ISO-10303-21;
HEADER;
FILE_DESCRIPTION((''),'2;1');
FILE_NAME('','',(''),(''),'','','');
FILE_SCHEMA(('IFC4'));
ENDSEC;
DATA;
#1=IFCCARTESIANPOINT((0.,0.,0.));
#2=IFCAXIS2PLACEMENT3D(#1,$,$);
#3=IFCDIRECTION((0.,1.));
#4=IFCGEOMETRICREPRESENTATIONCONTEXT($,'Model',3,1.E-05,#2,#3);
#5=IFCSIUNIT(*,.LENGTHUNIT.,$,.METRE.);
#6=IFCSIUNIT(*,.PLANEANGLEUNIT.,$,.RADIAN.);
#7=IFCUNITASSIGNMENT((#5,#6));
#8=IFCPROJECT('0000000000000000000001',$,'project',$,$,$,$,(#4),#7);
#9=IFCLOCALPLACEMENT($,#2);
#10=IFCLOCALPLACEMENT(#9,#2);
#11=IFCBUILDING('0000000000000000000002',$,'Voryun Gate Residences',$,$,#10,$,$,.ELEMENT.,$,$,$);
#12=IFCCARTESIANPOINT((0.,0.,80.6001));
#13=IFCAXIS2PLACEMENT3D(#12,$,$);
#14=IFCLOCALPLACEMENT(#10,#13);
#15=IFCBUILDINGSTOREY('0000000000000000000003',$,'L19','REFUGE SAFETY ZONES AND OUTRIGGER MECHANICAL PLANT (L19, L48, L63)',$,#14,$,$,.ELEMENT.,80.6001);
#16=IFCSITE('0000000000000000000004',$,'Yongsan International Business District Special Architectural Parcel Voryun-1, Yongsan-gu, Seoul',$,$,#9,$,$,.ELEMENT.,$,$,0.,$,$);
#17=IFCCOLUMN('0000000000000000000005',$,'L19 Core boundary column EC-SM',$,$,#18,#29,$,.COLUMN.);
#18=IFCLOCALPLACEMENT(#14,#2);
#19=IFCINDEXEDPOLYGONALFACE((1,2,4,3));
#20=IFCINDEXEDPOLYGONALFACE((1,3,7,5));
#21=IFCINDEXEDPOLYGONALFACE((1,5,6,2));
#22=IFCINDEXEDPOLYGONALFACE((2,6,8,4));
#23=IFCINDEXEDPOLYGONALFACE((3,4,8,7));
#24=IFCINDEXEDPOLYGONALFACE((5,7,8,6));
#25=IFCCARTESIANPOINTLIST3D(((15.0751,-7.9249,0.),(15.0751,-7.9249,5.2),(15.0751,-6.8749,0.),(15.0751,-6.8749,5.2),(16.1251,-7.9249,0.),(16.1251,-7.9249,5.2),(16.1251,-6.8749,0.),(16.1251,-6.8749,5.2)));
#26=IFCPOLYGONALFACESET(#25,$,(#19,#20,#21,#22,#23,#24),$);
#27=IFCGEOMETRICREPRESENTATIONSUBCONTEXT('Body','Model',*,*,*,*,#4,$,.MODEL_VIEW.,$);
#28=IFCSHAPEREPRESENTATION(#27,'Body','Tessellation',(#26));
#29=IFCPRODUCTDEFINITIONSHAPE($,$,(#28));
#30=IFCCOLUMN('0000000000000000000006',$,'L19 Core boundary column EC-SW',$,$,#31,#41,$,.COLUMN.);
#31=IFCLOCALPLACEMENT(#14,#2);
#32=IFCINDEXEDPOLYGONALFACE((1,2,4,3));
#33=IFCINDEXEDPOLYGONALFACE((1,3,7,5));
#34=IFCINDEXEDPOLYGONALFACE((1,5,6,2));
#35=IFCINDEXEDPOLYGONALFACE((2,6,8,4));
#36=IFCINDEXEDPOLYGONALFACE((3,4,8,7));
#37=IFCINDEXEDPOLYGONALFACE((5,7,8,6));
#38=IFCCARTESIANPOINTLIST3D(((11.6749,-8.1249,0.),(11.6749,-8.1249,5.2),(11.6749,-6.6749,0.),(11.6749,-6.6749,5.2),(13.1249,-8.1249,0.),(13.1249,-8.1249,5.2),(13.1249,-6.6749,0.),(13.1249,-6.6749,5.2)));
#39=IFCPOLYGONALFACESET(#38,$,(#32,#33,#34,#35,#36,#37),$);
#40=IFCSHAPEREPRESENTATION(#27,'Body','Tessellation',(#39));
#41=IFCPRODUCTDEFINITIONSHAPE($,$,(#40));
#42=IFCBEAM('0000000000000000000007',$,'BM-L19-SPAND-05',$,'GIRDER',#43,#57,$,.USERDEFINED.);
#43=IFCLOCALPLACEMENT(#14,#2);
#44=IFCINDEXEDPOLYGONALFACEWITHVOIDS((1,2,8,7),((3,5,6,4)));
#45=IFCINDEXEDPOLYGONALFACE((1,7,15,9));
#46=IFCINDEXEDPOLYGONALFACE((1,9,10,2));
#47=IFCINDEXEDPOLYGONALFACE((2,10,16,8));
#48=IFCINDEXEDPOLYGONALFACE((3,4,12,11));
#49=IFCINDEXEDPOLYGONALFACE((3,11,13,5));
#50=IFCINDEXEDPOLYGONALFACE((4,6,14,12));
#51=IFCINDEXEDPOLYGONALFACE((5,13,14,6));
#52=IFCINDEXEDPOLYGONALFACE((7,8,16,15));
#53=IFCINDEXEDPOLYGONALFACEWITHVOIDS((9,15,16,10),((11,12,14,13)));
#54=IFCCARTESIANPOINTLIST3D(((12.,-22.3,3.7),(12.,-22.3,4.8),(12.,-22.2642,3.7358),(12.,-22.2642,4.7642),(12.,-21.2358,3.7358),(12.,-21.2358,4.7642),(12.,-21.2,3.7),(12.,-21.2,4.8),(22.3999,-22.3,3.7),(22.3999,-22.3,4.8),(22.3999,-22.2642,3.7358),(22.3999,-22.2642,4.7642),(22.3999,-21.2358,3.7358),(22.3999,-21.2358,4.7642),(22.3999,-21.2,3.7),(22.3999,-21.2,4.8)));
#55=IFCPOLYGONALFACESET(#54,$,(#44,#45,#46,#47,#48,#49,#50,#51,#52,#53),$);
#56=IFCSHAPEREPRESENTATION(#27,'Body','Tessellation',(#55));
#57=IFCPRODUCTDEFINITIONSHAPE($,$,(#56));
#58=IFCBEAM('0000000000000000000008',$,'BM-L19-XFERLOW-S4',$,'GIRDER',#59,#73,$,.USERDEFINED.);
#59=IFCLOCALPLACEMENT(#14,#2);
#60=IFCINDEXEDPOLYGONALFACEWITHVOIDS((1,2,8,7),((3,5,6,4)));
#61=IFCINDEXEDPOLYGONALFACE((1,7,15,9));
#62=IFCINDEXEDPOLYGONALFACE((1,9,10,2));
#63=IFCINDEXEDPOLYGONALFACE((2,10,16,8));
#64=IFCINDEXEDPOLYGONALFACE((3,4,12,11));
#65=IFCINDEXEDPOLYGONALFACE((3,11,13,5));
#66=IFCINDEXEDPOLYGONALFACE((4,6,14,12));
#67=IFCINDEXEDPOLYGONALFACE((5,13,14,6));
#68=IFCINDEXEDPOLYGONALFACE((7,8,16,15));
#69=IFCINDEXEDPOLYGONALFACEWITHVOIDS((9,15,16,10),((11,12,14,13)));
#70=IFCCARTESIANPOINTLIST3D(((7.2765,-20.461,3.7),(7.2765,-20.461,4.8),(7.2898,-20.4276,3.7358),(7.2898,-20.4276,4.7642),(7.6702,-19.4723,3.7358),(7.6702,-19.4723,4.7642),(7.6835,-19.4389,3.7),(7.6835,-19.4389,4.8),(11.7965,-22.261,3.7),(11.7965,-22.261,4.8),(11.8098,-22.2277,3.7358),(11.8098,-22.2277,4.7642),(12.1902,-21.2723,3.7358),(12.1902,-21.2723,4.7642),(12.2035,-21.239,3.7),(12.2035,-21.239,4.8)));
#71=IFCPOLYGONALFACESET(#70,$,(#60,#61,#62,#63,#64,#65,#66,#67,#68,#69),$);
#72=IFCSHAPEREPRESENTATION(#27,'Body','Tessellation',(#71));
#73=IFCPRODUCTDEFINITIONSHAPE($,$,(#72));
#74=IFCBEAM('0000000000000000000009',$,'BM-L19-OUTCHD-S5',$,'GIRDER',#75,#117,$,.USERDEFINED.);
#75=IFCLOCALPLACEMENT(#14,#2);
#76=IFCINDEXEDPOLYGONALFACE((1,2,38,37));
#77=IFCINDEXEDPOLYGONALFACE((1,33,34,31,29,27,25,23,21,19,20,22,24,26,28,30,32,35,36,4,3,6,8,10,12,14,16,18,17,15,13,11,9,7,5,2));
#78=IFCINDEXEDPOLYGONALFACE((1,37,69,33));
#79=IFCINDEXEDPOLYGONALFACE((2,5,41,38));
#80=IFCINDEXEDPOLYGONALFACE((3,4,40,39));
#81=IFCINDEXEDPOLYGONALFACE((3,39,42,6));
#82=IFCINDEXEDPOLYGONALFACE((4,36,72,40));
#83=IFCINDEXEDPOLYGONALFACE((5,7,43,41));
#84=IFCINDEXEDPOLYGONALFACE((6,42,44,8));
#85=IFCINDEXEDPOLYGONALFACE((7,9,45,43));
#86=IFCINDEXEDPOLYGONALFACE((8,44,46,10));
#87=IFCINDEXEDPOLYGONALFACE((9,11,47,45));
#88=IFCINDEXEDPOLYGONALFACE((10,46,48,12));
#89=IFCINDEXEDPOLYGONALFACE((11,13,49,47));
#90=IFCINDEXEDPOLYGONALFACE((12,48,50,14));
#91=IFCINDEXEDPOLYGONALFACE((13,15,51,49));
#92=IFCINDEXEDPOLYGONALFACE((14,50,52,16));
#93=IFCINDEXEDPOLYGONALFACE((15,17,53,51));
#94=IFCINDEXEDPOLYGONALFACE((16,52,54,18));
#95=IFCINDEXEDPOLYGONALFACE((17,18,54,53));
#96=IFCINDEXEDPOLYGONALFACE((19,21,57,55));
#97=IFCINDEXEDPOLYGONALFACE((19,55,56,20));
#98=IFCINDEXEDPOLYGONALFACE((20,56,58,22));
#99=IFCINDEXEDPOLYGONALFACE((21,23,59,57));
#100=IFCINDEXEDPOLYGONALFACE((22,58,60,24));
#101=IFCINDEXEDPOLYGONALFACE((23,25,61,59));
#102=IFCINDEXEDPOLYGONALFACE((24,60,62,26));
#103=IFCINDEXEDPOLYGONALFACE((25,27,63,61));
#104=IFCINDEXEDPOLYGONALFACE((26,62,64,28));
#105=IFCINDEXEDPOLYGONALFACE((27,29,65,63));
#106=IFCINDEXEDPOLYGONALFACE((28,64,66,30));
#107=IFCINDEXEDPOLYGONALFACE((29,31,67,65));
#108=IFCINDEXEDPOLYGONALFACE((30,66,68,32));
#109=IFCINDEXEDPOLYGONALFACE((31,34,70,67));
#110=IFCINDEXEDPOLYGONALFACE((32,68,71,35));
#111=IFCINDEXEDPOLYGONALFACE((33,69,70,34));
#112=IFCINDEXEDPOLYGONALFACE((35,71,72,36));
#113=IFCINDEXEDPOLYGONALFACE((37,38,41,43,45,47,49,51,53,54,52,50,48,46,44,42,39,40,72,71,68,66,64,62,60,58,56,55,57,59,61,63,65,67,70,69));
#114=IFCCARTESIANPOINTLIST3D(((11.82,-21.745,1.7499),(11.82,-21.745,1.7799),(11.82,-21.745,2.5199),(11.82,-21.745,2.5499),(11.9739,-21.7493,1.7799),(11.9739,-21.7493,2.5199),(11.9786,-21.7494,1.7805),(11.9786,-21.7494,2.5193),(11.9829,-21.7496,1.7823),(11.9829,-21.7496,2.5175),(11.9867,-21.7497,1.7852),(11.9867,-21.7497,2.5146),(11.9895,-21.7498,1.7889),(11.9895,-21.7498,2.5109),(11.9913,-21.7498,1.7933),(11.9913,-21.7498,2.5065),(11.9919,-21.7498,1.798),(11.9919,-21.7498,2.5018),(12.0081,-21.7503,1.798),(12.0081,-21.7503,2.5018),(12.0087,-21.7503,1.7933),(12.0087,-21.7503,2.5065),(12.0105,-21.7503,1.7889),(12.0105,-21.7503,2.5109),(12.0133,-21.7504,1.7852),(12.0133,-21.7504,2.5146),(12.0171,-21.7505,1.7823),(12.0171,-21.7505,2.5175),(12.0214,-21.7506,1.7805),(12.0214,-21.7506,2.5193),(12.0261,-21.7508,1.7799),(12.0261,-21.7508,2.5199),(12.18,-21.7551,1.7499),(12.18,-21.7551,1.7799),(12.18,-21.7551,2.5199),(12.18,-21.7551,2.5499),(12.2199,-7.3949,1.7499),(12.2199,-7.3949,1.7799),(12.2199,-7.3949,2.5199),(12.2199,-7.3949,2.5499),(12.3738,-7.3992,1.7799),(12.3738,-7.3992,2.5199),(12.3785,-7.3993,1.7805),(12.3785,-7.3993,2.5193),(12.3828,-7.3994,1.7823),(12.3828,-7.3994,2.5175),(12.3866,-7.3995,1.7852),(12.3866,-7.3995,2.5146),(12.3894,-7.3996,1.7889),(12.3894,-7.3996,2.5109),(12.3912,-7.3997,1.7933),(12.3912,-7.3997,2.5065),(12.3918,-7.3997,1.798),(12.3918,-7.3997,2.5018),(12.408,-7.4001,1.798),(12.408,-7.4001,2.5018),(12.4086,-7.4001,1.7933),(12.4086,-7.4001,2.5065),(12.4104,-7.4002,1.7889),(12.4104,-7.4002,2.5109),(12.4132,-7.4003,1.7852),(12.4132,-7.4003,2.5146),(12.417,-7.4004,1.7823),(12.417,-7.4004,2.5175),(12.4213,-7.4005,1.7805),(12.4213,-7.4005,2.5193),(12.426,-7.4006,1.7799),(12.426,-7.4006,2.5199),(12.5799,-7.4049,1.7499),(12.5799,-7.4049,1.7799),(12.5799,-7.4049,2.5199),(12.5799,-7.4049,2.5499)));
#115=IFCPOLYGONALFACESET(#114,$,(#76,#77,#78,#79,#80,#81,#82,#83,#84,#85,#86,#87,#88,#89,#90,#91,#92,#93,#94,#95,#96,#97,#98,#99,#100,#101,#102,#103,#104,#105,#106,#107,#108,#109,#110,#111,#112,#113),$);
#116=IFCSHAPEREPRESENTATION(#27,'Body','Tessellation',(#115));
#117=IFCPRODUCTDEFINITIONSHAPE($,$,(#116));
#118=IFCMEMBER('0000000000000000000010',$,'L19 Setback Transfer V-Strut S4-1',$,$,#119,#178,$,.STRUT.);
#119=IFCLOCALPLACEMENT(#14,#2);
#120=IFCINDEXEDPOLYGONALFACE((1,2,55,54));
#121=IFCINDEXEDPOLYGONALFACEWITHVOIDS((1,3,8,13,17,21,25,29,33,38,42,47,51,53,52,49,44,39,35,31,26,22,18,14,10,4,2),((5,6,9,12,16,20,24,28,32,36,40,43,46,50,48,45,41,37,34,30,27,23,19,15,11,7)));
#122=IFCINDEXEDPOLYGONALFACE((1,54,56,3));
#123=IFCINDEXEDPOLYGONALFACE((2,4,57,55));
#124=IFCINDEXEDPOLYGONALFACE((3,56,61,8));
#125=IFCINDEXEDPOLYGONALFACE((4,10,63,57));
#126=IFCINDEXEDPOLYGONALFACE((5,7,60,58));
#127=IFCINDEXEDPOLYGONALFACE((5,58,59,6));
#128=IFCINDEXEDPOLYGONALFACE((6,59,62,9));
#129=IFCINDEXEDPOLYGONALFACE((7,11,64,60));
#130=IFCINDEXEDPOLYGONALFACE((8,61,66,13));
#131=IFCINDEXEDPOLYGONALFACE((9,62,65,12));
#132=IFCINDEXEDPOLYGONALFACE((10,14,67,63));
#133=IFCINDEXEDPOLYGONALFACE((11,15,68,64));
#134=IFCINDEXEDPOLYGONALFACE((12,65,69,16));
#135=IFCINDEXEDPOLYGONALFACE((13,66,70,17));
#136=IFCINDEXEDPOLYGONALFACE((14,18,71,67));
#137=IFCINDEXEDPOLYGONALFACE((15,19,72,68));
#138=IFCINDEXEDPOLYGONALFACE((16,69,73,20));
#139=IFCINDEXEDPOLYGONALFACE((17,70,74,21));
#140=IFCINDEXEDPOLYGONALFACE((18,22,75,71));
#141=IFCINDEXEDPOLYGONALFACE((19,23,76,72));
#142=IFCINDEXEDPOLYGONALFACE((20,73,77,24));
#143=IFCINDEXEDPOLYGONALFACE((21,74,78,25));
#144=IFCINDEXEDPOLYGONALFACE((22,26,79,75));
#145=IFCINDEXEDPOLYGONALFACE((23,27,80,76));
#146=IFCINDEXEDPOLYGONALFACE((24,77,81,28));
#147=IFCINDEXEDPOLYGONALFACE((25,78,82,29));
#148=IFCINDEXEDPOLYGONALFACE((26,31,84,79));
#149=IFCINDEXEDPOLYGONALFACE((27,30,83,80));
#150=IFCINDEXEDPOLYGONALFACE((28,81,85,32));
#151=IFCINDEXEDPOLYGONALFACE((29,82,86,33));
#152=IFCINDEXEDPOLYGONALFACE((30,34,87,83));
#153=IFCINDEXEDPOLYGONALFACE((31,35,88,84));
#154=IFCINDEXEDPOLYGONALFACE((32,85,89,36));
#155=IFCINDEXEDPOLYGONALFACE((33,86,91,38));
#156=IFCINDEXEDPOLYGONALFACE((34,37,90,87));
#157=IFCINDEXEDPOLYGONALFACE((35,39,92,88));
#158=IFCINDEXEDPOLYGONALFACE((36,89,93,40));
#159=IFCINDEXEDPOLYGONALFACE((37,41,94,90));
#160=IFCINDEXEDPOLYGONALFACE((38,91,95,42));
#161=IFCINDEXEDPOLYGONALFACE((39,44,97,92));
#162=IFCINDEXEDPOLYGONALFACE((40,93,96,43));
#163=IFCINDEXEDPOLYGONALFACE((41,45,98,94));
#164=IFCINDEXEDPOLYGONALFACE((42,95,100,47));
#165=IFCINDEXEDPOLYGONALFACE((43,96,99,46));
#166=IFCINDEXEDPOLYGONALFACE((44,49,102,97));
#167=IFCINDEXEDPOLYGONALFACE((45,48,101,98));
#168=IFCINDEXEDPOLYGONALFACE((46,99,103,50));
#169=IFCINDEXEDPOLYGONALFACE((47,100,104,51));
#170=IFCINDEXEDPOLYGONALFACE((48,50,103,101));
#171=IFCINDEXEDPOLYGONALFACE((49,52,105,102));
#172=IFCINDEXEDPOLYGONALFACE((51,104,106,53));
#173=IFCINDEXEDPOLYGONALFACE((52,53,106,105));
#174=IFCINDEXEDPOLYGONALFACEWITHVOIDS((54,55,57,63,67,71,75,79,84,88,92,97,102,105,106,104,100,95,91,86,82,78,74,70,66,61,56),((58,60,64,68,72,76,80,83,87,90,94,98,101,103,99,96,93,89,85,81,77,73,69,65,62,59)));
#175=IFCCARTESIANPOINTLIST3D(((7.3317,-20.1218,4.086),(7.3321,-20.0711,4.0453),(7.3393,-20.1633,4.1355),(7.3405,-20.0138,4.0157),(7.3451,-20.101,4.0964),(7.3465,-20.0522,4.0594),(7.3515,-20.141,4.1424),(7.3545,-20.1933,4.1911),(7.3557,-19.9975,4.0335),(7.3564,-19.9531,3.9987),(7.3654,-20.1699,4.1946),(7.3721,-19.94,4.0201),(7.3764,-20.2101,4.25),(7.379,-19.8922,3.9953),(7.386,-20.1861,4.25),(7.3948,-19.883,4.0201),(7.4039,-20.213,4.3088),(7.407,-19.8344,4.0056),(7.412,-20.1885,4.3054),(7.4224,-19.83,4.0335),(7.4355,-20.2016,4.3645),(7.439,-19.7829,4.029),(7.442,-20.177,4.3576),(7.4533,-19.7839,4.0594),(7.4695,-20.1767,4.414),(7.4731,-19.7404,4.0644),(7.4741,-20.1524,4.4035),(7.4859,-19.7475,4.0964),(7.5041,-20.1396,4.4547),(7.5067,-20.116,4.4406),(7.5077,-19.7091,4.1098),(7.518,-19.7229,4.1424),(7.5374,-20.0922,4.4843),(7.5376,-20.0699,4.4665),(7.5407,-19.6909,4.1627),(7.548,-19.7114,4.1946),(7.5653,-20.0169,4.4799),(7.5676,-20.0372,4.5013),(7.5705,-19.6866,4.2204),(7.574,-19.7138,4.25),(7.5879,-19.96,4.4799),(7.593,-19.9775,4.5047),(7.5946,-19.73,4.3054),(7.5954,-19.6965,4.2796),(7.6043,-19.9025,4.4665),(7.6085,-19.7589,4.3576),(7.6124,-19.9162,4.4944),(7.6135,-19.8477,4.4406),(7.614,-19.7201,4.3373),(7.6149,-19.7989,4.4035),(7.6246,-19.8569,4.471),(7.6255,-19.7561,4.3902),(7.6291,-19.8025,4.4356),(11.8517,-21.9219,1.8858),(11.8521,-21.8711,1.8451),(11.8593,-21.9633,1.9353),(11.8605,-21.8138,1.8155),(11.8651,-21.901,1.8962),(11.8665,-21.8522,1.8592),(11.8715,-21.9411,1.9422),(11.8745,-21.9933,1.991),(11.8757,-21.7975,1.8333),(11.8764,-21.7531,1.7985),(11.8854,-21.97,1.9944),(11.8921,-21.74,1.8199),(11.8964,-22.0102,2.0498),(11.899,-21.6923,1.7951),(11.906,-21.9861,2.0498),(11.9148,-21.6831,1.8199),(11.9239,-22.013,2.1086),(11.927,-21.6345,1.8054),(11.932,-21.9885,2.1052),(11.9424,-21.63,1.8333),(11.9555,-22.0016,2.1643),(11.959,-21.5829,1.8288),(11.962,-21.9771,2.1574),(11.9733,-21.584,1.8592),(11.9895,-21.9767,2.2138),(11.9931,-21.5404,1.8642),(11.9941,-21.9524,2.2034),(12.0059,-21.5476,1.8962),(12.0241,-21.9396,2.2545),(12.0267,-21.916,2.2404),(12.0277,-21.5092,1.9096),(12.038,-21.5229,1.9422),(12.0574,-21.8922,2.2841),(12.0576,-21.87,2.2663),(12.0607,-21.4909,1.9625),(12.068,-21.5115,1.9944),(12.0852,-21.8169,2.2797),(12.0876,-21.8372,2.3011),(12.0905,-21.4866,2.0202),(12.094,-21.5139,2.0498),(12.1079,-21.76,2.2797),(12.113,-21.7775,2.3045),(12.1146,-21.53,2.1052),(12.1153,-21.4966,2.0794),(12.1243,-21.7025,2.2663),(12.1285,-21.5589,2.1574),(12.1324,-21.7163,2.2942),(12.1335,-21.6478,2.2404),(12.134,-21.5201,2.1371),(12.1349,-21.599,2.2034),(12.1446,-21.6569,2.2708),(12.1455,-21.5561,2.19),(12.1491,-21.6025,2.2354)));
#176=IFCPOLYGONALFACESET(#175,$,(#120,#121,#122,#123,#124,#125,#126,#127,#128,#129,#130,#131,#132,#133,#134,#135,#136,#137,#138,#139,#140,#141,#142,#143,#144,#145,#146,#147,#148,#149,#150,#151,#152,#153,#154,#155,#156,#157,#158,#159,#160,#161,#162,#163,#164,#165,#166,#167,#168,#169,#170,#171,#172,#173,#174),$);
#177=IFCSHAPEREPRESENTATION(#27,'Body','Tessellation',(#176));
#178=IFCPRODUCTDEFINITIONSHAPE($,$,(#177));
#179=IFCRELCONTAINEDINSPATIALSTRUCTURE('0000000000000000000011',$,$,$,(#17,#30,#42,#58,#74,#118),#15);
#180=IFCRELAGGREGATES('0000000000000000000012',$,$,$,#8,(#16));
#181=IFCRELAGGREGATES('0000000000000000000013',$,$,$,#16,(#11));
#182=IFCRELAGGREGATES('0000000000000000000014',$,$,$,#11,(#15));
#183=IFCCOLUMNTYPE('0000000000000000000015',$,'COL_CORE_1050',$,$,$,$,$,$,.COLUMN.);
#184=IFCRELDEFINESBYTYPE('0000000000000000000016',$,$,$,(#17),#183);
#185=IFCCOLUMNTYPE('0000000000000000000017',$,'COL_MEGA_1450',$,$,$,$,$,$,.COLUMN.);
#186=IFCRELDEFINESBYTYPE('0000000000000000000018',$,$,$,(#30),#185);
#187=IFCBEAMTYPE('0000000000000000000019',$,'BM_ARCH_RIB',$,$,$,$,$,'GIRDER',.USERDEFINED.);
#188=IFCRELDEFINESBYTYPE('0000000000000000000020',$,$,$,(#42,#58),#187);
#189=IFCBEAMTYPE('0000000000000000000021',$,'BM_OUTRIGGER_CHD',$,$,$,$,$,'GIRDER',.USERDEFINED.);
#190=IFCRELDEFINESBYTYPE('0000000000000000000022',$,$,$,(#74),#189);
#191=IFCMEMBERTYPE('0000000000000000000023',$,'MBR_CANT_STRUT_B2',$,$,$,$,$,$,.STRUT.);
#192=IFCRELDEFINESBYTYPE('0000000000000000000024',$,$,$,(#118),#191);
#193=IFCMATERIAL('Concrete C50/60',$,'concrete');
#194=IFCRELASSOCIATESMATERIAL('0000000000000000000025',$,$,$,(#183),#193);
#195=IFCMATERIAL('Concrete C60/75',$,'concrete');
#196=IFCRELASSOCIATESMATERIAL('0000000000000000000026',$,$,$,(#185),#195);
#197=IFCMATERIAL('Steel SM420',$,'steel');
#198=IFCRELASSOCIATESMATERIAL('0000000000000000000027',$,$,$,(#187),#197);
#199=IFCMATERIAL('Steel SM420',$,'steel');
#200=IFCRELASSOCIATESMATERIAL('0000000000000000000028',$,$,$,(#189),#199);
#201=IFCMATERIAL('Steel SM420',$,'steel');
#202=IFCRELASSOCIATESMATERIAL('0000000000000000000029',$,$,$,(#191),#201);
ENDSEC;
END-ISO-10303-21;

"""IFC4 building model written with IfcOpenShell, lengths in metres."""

from ifc_helpers import new_model, si_unit, direction, frame, origin, origin_2d, place, context, subcontext, project, spatial, rectangle, hollow_rectangle, hollow_circle, i_section, extrude, material, material_profile, profile_set, type_object, element, save


model = new_model("IFC4")

# Units and contexts
model_context = context("Model", 3, precision=1e-05, world=origin(), true_north=direction((0.0, 1.0)))
body_context = subcontext(model_context, "Body", "Model", "MODEL_VIEW")
ifc_project = project(units=[si_unit("LENGTHUNIT", "METRE"), si_unit("PLANEANGLEUNIT", "RADIAN")], contexts=[model_context])

# Site, building, storey
site_placement = place(None, origin())
site = spatial("IfcSite", under=ifc_project, at=site_placement, Name="Yongsan International Business District Special Architectural Parcel Voryun-1, Yongsan-gu, Seoul", CompositionType="ELEMENT", RefElevation=0.0)
building_placement = place(site_placement, origin())
building = spatial("IfcBuilding", under=site, at=building_placement, Name="Voryun Gate Residences", CompositionType="ELEMENT")
storey_placement = place(building_placement, frame((0.0, 0.0, 80.6001)))
storey = spatial("IfcBuildingStorey", under=building, at=storey_placement, Name="L19", Description="REFUGE SAFETY ZONES AND OUTRIGGER MECHANICAL PLANT (L19, L48, L63)", CompositionType="ELEMENT", Elevation=80.6001)

# Columns
ifc_material_1 = material(Name="Concrete C50/60", Category="concrete")
ifc_material_profile_1 = material_profile(ifc_material_1, rectangle(XDim=1.05, YDim=1.05, at=origin_2d()), Name="RC-1050x1050")
ifc_profile_set_1 = profile_set([ifc_material_profile_1], Name="Concrete C50/60")
column_type_1 = type_object("IfcColumnType", Name="COL_CORE_1050", PredefinedType="COLUMN", material=ifc_profile_set_1)
column_1_placement = place(storey_placement, frame((15.6001, -7.3999, 0.0), z_axis=(0.0, 0.0, 1.0), x_axis=(1.0, 0.0, 0.0)))
element("IfcColumn", 1, at=column_1_placement, inside=storey, type_object=column_type_1, Name="L19 Core boundary column EC-SM", PredefinedType="COLUMN", context=body_context, shape_type="SweptSolid", body=[
    extrude(rectangle(XDim=1.05, YDim=1.05, at=origin_2d()), origin(), (0.0, 0.0, 1.0), 5.2),
])
ifc_material_2 = material(Name="Concrete C60/75", Category="concrete")
ifc_material_profile_2 = material_profile(ifc_material_2, rectangle(XDim=1.45, YDim=1.45, at=origin_2d()), Name="RC-1450x1450")
ifc_profile_set_2 = profile_set([ifc_material_profile_2], Name="Concrete C60/75")
column_type_2 = type_object("IfcColumnType", Name="COL_MEGA_1450", PredefinedType="COLUMN", material=ifc_profile_set_2)
column_2_placement = place(storey_placement, frame((12.3999, -7.3999, 0.0), z_axis=(0.0, 0.0, 1.0), x_axis=(1.0, 0.0, 0.0)))
element("IfcColumn", 2, at=column_2_placement, inside=storey, type_object=column_type_2, Name="L19 Core boundary column EC-SW", PredefinedType="COLUMN", context=body_context, shape_type="SweptSolid", body=[
    extrude(rectangle(XDim=1.45, YDim=1.45, at=origin_2d()), origin(), (0.0, 0.0, 1.0), 5.2),
])

# Beams
ifc_material_3 = material(Name="Steel SM420", Category="steel")
ifc_material_profile_3 = material_profile(ifc_material_3, hollow_rectangle(XDim=1.1001, YDim=1.1001, WallThickness=0.0359, at=origin_2d()), Name="BOX-1100x1100x36")
ifc_profile_set_3 = profile_set([ifc_material_profile_3], Name="Steel SM420")
beam_type_1 = type_object("IfcBeamType", Name="BM_ARCH_RIB", ElementType="GIRDER", PredefinedType="USERDEFINED", material=ifc_profile_set_3)
beam_1_placement = place(storey_placement, frame((12.0, -21.75, 4.25), z_axis=(1.0, 0.0, 0.0), x_axis=(0.0, 1.0, 0.0)))
element("IfcBeam", 3, at=beam_1_placement, inside=storey, type_object=beam_type_1, Name="BM-L19-SPAND-05", ObjectType="GIRDER", PredefinedType="USERDEFINED", context=body_context, shape_type="SweptSolid", body=[
    extrude(hollow_rectangle(XDim=1.1001, YDim=1.1001, WallThickness=0.0359, at=origin_2d()), origin(), (0.0, 0.0, 1.0), 10.3999),
])
beam_2_placement = place(storey_placement, frame((12.0, -21.75, 4.25), z_axis=(-0.92904, 0.36998, 0.0), x_axis=(-0.36998, -0.92904, 0.0)))
element("IfcBeam", 4, at=beam_2_placement, inside=storey, type_object=beam_type_1, Name="BM-L19-XFERLOW-S4", ObjectType="GIRDER", PredefinedType="USERDEFINED", context=body_context, shape_type="SweptSolid", body=[
    extrude(hollow_rectangle(XDim=1.1001, YDim=1.1001, WallThickness=0.0359, at=origin_2d()), origin(), (0.0, 0.0, 1.0), 4.8652),
])
ifc_material_4 = material(Name="Steel SM420", Category="steel")
ifc_material_profile_4 = material_profile(ifc_material_4, i_section(OverallWidth=0.3601, OverallDepth=0.8, WebThickness=0.0161, FlangeThickness=0.03, FilletRadius=0.0181, at=origin_2d()), Name="H-800x360x16x30")
ifc_profile_set_4 = profile_set([ifc_material_profile_4], Name="Steel SM420")
beam_type_2 = type_object("IfcBeamType", Name="BM_OUTRIGGER_CHD", ElementType="GIRDER", PredefinedType="USERDEFINED", material=ifc_profile_set_4)
beam_3_placement = place(storey_placement, frame((12.3999, -7.3999, 2.1499), z_axis=(-0.027857, -0.999612, 0.0), x_axis=(0.999612, -0.027857, 0.0)))
element("IfcBeam", 5, at=beam_3_placement, inside=storey, type_object=beam_type_2, Name="BM-L19-OUTCHD-S5", ObjectType="GIRDER", PredefinedType="USERDEFINED", context=body_context, shape_type="SweptSolid", body=[
    extrude(i_section(OverallWidth=0.3601, OverallDepth=0.8, WebThickness=0.0161, FlangeThickness=0.03, FilletRadius=0.0181, at=origin_2d()), origin(), (0.0, 0.0, 1.0), 14.3557),
])

# Member
ifc_material_5 = material(Name="Steel SM420", Category="steel")
ifc_material_profile_5 = material_profile(ifc_material_5, hollow_circle(Radius=0.28, WallThickness=0.0259, at=origin_2d()), Name="CHS-560x26")
ifc_profile_set_5 = profile_set([ifc_material_profile_5], Name="Steel SM420")
member_type_1 = type_object("IfcMemberType", Name="MBR_CANT_STRUT_B2", PredefinedType="STRUT", material=ifc_profile_set_5)
member_1_placement = place(storey_placement, frame((12.0, -21.75, 2.0498), z_axis=(-0.846505, 0.337111, 0.41205), x_axis=(-0.36998, -0.92904, 0.0)))
element("IfcMember", 6, at=member_1_placement, inside=storey, type_object=member_type_1, Name="L19 Setback Transfer V-Strut S4-1", PredefinedType="STRUT", context=body_context, shape_type="SweptSolid", body=[
    extrude(hollow_circle(Radius=0.28, WallThickness=0.0259, at=origin_2d()), origin(), (0.0, 0.0, 1.0), 5.3396),
])

save(model, "model.ifc")
